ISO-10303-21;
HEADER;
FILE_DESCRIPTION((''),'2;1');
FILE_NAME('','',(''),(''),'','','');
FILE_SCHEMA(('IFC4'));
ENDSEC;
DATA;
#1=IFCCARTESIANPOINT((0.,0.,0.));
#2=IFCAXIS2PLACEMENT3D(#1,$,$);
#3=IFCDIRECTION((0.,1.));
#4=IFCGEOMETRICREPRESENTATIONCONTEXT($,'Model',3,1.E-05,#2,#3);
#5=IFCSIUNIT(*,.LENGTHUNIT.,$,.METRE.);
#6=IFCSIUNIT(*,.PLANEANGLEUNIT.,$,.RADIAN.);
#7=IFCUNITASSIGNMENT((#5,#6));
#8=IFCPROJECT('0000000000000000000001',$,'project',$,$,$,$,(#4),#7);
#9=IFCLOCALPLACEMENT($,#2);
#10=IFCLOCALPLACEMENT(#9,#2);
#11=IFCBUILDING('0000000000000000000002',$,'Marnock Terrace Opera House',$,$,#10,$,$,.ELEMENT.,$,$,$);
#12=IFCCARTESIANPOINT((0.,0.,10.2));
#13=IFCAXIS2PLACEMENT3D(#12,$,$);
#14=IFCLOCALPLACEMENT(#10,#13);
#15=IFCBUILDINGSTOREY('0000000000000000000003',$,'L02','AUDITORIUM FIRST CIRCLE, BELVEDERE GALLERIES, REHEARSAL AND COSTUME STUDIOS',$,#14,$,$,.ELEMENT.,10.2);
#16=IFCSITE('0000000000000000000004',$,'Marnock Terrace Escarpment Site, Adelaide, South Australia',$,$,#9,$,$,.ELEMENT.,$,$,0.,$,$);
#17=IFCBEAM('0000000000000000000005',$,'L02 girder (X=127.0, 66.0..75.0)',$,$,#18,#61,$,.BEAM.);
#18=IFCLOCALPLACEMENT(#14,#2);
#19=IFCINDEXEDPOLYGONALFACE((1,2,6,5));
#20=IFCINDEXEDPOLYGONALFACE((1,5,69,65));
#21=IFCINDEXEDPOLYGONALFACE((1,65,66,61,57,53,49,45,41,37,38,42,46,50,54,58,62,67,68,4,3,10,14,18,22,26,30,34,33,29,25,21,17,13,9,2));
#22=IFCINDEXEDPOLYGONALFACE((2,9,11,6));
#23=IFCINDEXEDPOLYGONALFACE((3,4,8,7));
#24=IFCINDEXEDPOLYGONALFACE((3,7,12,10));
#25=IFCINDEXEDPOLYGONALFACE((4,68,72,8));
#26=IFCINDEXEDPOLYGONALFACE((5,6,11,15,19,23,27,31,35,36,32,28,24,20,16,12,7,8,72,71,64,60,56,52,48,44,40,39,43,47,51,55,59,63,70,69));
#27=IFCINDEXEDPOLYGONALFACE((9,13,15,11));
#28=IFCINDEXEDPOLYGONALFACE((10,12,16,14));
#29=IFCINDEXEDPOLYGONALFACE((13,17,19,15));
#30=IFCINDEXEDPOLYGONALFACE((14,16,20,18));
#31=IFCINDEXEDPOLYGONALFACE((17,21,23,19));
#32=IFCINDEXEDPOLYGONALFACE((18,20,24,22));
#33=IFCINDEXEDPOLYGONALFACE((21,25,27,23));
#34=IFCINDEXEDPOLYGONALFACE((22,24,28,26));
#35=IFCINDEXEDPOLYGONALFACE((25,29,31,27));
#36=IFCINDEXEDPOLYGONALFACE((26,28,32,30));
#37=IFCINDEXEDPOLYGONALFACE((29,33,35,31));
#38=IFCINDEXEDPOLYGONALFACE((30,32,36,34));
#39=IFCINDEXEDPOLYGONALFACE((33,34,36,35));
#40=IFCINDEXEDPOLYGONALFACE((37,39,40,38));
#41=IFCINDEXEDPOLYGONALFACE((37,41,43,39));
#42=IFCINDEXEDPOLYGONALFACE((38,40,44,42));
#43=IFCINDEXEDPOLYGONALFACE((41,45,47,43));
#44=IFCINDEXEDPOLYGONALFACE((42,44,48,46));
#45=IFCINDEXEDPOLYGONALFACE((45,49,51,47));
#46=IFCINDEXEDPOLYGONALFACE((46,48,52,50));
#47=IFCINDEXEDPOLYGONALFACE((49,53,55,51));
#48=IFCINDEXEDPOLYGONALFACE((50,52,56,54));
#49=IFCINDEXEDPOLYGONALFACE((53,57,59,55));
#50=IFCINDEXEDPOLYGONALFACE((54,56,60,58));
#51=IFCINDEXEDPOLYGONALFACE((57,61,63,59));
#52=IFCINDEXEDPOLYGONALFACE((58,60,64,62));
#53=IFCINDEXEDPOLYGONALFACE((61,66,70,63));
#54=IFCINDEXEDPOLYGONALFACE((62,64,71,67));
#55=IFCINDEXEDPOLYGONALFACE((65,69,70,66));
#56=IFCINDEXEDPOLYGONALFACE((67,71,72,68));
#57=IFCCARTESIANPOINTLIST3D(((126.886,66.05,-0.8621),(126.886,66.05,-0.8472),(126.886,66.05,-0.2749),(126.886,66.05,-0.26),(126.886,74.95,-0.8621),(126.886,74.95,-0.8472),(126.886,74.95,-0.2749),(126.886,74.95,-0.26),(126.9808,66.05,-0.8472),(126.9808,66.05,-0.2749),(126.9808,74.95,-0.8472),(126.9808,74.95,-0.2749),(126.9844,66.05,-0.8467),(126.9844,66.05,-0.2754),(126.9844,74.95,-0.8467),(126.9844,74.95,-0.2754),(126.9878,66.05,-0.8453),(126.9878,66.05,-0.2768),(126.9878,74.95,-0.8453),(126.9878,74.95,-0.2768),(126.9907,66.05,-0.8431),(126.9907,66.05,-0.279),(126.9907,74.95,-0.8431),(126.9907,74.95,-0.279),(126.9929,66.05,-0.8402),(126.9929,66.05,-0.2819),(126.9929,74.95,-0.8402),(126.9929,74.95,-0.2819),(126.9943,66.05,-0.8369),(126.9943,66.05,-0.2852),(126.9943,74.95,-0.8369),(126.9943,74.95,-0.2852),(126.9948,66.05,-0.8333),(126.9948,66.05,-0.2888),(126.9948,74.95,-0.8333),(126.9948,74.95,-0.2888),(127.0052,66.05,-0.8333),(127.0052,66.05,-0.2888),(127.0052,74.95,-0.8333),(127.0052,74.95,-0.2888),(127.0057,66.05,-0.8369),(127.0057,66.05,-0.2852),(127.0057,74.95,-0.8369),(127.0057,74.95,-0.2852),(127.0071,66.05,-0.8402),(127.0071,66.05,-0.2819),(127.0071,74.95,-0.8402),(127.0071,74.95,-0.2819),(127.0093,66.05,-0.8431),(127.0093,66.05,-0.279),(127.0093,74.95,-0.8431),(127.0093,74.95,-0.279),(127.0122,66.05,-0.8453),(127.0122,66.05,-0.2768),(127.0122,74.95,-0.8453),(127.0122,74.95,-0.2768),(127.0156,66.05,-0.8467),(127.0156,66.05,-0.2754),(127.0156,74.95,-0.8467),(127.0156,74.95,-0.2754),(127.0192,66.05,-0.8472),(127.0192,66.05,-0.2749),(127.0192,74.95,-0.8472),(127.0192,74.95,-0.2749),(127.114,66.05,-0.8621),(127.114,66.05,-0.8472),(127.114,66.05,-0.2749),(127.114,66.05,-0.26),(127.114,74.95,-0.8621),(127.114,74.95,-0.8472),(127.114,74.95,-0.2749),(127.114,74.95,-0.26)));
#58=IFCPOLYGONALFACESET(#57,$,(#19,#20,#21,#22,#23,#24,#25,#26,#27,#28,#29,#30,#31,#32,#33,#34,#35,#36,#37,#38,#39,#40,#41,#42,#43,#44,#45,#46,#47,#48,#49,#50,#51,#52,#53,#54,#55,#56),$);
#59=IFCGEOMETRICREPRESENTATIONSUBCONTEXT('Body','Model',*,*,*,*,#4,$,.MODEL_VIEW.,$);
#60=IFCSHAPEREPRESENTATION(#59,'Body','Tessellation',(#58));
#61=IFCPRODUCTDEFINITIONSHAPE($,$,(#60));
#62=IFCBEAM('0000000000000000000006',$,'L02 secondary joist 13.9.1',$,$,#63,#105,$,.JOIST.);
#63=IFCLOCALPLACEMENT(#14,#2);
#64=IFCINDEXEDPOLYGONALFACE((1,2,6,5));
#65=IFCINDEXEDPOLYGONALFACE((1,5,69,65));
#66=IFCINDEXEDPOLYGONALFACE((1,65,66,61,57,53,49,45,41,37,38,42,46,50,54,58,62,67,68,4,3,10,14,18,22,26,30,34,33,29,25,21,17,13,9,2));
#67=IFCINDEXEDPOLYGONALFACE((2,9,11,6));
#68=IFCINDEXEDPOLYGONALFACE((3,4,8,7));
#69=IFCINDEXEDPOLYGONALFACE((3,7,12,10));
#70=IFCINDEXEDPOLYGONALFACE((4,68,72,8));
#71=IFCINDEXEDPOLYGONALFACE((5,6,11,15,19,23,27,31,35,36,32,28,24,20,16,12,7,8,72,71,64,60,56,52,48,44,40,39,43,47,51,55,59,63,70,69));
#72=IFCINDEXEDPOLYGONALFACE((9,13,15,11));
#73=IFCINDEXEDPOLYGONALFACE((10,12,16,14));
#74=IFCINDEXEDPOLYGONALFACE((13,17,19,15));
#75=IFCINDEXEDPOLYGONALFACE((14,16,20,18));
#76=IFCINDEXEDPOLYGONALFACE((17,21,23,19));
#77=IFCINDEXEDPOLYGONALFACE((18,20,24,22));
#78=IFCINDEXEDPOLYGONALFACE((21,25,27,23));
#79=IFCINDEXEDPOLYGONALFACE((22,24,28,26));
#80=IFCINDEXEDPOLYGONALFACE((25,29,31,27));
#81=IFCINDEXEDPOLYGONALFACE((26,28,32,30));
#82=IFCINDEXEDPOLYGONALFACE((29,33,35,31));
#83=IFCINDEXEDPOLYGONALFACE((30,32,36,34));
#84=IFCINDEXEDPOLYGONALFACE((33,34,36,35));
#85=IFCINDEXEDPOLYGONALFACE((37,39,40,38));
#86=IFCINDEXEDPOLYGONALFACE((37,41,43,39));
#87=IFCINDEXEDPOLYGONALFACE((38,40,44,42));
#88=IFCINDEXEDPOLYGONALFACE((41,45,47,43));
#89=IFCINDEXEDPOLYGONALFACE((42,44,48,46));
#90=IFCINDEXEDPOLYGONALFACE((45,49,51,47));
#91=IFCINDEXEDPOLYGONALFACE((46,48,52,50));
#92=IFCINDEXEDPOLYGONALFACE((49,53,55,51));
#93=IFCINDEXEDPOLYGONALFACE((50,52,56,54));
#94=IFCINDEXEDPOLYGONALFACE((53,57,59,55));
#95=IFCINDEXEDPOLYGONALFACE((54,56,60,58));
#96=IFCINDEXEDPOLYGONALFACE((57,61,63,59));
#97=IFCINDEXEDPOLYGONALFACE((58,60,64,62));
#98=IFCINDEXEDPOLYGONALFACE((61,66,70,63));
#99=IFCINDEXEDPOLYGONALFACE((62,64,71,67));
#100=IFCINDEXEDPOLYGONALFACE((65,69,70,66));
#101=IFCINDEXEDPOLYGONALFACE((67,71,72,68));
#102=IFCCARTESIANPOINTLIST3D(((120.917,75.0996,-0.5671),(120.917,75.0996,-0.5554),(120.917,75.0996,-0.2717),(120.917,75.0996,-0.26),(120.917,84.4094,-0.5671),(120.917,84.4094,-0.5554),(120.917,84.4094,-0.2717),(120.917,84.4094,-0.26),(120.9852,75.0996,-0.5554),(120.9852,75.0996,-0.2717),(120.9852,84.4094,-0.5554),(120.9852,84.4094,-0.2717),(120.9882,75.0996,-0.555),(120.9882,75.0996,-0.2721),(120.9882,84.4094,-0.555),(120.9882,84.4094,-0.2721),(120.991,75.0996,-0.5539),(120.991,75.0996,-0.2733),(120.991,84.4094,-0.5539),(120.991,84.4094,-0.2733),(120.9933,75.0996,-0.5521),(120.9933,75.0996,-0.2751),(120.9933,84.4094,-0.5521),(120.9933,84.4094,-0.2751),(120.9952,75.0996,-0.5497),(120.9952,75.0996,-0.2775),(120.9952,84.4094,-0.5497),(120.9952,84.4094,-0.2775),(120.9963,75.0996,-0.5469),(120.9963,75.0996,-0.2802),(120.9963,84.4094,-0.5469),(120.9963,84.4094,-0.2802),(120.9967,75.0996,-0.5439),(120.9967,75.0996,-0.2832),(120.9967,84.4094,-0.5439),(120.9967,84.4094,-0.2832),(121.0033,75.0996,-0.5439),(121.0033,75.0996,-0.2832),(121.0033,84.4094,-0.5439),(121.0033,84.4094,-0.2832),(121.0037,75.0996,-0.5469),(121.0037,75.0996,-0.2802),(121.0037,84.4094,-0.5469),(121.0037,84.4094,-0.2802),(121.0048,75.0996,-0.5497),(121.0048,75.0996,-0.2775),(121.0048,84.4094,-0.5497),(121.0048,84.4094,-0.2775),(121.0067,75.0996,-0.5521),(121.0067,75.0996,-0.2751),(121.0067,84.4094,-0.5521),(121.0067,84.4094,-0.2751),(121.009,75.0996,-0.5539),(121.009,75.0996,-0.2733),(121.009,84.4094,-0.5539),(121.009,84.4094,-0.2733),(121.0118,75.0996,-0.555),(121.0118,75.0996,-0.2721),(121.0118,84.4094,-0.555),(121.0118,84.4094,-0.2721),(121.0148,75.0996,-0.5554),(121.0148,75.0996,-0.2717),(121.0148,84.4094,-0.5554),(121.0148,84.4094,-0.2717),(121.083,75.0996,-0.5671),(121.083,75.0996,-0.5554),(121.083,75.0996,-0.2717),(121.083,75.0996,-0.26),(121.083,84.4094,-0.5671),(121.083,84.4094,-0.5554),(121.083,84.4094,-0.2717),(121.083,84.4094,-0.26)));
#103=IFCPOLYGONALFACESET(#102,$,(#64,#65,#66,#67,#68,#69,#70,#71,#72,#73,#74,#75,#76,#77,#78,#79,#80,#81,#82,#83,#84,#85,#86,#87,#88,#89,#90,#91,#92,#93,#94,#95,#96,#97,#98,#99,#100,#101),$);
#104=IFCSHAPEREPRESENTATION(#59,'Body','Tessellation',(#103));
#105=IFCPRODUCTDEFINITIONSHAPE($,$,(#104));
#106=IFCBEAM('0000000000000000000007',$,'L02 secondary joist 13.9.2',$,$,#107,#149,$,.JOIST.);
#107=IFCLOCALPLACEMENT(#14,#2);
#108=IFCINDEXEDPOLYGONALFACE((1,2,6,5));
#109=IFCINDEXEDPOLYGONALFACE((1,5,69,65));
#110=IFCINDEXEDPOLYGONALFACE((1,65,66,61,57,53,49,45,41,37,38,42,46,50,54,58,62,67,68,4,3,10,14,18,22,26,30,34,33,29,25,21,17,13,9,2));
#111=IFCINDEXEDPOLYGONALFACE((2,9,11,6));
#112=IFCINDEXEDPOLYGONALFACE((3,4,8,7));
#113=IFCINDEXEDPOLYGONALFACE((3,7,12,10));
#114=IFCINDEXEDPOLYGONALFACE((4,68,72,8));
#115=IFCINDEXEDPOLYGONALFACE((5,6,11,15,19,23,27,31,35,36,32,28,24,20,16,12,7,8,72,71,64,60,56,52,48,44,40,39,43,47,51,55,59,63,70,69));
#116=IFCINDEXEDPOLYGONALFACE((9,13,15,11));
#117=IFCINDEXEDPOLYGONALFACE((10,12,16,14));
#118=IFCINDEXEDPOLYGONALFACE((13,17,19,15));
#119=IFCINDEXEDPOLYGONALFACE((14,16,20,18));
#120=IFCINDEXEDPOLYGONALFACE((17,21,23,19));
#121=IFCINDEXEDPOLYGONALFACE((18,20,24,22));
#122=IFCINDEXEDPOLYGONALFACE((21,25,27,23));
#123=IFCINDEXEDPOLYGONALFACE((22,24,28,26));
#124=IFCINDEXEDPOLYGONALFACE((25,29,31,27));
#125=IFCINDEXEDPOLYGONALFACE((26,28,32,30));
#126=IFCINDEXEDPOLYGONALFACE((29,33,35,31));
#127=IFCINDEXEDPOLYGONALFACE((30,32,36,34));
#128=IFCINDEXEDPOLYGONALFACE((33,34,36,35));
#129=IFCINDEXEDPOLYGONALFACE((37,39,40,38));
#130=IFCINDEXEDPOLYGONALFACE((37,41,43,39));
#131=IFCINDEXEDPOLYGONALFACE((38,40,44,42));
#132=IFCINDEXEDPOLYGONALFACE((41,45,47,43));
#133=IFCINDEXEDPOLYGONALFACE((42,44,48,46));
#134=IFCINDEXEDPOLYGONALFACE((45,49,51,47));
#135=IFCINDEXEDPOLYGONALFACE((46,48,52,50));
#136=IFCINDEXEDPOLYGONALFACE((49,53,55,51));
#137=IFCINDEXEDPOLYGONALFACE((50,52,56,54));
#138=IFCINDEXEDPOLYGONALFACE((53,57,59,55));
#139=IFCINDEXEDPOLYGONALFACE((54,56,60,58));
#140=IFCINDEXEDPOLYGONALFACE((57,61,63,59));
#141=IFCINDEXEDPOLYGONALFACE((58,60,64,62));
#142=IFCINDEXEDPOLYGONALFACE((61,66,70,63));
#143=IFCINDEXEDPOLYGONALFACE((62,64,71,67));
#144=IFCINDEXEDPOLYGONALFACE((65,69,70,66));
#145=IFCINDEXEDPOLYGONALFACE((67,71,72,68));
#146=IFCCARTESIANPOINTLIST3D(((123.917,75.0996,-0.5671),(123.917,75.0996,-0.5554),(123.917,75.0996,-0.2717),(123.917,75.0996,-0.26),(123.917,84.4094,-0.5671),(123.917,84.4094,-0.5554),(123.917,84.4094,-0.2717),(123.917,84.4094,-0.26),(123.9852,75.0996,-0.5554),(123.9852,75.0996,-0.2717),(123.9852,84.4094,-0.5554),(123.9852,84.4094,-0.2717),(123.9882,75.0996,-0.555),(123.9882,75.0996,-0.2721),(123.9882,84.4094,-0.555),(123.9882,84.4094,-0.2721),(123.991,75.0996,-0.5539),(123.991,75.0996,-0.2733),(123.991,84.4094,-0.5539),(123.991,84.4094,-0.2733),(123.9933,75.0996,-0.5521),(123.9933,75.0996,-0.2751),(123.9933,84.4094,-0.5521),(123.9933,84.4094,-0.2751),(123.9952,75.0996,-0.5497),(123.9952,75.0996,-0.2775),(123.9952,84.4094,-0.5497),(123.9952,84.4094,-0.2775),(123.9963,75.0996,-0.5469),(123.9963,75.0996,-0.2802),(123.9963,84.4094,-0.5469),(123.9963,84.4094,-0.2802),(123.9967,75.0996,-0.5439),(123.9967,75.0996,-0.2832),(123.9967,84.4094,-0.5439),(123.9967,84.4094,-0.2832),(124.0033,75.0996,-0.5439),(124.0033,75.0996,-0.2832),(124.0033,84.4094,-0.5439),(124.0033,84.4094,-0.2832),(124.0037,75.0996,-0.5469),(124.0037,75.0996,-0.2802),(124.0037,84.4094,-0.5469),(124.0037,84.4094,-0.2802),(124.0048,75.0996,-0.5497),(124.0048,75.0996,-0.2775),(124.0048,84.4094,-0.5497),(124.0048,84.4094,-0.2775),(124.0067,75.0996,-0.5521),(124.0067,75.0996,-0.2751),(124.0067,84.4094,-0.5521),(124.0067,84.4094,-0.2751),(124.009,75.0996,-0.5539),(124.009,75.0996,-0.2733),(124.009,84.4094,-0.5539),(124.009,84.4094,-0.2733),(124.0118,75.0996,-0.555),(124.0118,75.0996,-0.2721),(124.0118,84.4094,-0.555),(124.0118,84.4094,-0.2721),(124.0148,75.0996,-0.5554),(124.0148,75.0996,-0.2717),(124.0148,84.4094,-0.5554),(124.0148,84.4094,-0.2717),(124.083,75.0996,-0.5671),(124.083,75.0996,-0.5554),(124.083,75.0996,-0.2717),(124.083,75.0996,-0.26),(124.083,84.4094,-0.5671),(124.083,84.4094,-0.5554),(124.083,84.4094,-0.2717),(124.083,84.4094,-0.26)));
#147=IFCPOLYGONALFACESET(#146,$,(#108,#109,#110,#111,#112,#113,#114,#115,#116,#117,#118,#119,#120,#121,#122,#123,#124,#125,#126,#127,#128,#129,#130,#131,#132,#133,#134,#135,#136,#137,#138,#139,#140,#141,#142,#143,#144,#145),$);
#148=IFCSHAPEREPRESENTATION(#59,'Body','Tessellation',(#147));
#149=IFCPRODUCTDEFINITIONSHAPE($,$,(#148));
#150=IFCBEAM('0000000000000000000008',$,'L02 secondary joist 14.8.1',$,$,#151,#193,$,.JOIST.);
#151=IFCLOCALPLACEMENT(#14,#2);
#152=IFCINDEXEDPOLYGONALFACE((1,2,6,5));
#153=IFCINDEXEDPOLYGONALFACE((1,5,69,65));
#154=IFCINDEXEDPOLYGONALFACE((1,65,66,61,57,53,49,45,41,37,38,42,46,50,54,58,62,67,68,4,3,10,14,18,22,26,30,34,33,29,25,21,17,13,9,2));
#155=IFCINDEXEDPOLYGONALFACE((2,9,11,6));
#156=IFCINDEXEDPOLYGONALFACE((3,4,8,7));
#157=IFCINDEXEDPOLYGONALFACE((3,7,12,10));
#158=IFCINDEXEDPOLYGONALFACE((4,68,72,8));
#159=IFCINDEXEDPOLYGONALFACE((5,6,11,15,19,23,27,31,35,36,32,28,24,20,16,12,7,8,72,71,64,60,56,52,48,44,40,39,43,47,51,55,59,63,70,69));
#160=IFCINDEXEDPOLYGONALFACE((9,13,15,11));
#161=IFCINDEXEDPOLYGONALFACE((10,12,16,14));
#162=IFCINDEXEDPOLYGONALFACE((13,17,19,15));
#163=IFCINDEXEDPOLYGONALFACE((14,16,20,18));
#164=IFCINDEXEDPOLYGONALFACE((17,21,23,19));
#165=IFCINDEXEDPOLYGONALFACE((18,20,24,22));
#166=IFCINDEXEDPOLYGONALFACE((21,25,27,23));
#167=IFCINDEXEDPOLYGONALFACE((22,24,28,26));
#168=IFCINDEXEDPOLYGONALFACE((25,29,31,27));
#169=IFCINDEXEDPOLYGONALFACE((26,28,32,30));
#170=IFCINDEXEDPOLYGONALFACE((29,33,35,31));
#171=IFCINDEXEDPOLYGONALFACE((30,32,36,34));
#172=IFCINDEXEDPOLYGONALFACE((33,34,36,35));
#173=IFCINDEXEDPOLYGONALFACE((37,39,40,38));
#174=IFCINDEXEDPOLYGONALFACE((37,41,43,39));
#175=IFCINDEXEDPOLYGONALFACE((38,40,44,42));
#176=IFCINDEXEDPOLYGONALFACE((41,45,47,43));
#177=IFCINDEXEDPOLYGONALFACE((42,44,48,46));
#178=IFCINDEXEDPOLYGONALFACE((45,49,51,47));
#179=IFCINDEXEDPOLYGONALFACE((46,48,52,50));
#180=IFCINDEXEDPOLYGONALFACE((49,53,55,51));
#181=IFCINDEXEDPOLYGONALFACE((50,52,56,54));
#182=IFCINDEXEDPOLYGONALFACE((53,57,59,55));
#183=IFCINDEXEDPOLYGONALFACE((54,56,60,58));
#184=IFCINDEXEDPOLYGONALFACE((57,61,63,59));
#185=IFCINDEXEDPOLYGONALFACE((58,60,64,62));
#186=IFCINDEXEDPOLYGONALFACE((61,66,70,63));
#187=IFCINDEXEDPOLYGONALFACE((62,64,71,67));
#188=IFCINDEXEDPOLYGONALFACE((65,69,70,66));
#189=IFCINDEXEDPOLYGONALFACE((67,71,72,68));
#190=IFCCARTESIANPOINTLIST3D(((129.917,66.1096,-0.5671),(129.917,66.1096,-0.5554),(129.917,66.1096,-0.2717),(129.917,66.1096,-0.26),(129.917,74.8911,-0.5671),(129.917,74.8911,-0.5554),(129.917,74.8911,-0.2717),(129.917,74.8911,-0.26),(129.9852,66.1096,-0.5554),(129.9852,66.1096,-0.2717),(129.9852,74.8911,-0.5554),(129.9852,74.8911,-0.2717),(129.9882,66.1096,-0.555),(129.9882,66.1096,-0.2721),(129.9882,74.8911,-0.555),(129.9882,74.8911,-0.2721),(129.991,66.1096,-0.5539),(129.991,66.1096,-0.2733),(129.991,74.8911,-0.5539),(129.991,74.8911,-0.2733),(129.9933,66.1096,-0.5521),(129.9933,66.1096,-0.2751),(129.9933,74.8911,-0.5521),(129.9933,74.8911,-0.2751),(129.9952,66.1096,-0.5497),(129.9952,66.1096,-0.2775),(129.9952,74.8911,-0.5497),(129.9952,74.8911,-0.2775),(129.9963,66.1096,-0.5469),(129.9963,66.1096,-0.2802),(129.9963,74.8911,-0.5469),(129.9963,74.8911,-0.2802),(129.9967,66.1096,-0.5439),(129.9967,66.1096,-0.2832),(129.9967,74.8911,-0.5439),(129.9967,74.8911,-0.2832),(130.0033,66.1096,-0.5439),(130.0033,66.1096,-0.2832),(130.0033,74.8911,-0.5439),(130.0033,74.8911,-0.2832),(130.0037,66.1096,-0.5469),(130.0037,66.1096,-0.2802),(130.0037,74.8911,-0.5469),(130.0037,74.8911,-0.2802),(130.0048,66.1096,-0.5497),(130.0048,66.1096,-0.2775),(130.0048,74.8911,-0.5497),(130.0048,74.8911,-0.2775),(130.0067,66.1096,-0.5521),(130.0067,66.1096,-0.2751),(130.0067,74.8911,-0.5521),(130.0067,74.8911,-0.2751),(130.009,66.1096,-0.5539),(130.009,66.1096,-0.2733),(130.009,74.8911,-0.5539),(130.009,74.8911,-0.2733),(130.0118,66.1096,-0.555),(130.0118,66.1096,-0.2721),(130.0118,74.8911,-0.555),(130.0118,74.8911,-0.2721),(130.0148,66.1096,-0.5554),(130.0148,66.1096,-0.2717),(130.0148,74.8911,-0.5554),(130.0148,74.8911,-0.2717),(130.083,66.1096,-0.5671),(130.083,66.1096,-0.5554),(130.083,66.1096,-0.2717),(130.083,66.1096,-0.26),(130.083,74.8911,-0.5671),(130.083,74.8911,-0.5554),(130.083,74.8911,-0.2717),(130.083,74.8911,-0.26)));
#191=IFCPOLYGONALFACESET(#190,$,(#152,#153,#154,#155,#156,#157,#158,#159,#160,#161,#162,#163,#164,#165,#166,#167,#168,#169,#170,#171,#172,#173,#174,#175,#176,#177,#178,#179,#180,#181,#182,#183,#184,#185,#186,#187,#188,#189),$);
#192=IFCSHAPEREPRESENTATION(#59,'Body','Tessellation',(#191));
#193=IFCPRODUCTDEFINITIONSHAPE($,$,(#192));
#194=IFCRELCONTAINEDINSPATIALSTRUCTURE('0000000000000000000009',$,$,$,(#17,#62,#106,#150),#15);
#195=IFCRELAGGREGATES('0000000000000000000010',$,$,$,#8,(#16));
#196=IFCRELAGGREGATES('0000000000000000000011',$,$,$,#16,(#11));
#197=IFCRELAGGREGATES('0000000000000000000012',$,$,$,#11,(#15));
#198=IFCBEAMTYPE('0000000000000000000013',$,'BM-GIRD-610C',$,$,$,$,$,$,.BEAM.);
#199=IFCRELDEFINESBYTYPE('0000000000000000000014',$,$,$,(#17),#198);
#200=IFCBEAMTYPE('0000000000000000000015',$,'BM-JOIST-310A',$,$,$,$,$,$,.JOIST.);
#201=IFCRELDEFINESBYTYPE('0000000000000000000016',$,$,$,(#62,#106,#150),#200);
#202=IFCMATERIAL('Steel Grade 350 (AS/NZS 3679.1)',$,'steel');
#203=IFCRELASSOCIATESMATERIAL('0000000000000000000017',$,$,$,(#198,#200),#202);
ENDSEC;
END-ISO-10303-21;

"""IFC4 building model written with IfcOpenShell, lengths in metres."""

from ifc_helpers import new_model, si_unit, direction, frame, origin, origin_2d, place, context, subcontext, project, spatial, i_section, extrude, material, material_profile, profile_set, type_object, element, save


model = new_model("IFC4")

# Units and contexts
model_context = context("Model", 3, precision=1e-05, world=origin(), true_north=direction((0.0, 1.0)))
body_context = subcontext(model_context, "Body", "Model", "MODEL_VIEW")
ifc_project = project(units=[si_unit("LENGTHUNIT", "METRE"), si_unit("PLANEANGLEUNIT", "RADIAN")], contexts=[model_context])

# Site, building, storey
site_placement = place(None, origin())
site = spatial("IfcSite", under=ifc_project, at=site_placement, Name="Marnock Terrace Escarpment Site, Adelaide, South Australia", CompositionType="ELEMENT", RefElevation=0.0)
building_placement = place(site_placement, origin())
building = spatial("IfcBuilding", under=site, at=building_placement, Name="Marnock Terrace Opera House", CompositionType="ELEMENT")
storey_placement = place(building_placement, frame((0.0, 0.0, 10.2)))
storey = spatial("IfcBuildingStorey", under=building, at=storey_placement, Name="L02", Description="AUDITORIUM FIRST CIRCLE, BELVEDERE GALLERIES, REHEARSAL AND COSTUME STUDIOS", CompositionType="ELEMENT", Elevation=10.2)

# Beams
ifc_material_1 = material(Name="Steel Grade 350 (AS/NZS 3679.1)", Category="steel")
ifc_material_profile_1 = material_profile(ifc_material_1, i_section(OverallWidth=0.228, OverallDepth=0.6021, WebThickness=0.0105, FlangeThickness=0.0149, FilletRadius=0.0139, at=origin_2d()))
ifc_profile_set_1 = profile_set([ifc_material_profile_1], Name="Steel Grade 350 (AS/NZS 3679.1)")
beam_type_1 = type_object("IfcBeamType", Name="BM-GIRD-610C", PredefinedType="BEAM", material=ifc_profile_set_1)
beam_1_placement = place(storey_placement, frame((127.0, 66.05, -0.561), z_axis=(0.0, 1.0, 0.0), x_axis=(-1.0, 0.0, 0.0)))
element("IfcBeam", 1, at=beam_1_placement, inside=storey, type_object=beam_type_1, Name="L02 girder (X=127.0, 66.0..75.0)", PredefinedType="BEAM", context=body_context, shape_type="SweptSolid", body=[
    extrude(i_section(OverallWidth=0.228, OverallDepth=0.6021, WebThickness=0.0105, FlangeThickness=0.0149, FilletRadius=0.0139, at=origin_2d()), origin(), (0.0, 0.0, 1.0), 8.8999),
])
ifc_material_profile_2 = material_profile(ifc_material_1, i_section(OverallWidth=0.166, OverallDepth=0.3071, WebThickness=0.0066, FlangeThickness=0.0117, FilletRadius=0.0115, at=origin_2d()))
ifc_profile_set_2 = profile_set([ifc_material_profile_2], Name="Steel Grade 350 (AS/NZS 3679.1)")
beam_type_2 = type_object("IfcBeamType", Name="BM-JOIST-310A", PredefinedType="JOIST", material=ifc_profile_set_2)
for number, where, z_axis, x_axis, name in (
    (2, (121.0, 75.0996, -0.4136), (0.0, 1.0, 0.0), (-1.0, 0.0, 0.0), "L02 secondary joist 13.9.1"),
    (3, (124.0, 75.0996, -0.4136), (0.0, 1.0, 0.0), (-1.0, 0.0, 0.0), "L02 secondary joist 13.9.2"),
):
    element("IfcBeam", number, at=place(storey_placement, frame(where, z_axis=z_axis, x_axis=x_axis)), inside=storey, type_object=beam_type_2, Name=name, PredefinedType="JOIST", context=body_context, shape_type="SweptSolid", body=[
        extrude(i_section(OverallWidth=0.166, OverallDepth=0.3071, WebThickness=0.0066, FlangeThickness=0.0117, FilletRadius=0.0115, at=origin_2d()), origin(), (0.0, 0.0, 1.0), 9.3098),
    ])
for number, where, z_axis, x_axis, name in (
    (4, (130.0, 66.1096, -0.4136), (0.0, 1.0, 0.0), (-1.0, 0.0, 0.0), "L02 secondary joist 14.8.1"),
):
    element("IfcBeam", number, at=place(storey_placement, frame(where, z_axis=z_axis, x_axis=x_axis)), inside=storey, type_object=beam_type_2, Name=name, PredefinedType="JOIST", context=body_context, shape_type="SweptSolid", body=[
        extrude(i_section(OverallWidth=0.166, OverallDepth=0.3071, WebThickness=0.0066, FlangeThickness=0.0117, FilletRadius=0.0115, at=origin_2d()), origin(), (0.0, 0.0, 1.0), 8.7815),
    ])

save(model, "model.ifc")
